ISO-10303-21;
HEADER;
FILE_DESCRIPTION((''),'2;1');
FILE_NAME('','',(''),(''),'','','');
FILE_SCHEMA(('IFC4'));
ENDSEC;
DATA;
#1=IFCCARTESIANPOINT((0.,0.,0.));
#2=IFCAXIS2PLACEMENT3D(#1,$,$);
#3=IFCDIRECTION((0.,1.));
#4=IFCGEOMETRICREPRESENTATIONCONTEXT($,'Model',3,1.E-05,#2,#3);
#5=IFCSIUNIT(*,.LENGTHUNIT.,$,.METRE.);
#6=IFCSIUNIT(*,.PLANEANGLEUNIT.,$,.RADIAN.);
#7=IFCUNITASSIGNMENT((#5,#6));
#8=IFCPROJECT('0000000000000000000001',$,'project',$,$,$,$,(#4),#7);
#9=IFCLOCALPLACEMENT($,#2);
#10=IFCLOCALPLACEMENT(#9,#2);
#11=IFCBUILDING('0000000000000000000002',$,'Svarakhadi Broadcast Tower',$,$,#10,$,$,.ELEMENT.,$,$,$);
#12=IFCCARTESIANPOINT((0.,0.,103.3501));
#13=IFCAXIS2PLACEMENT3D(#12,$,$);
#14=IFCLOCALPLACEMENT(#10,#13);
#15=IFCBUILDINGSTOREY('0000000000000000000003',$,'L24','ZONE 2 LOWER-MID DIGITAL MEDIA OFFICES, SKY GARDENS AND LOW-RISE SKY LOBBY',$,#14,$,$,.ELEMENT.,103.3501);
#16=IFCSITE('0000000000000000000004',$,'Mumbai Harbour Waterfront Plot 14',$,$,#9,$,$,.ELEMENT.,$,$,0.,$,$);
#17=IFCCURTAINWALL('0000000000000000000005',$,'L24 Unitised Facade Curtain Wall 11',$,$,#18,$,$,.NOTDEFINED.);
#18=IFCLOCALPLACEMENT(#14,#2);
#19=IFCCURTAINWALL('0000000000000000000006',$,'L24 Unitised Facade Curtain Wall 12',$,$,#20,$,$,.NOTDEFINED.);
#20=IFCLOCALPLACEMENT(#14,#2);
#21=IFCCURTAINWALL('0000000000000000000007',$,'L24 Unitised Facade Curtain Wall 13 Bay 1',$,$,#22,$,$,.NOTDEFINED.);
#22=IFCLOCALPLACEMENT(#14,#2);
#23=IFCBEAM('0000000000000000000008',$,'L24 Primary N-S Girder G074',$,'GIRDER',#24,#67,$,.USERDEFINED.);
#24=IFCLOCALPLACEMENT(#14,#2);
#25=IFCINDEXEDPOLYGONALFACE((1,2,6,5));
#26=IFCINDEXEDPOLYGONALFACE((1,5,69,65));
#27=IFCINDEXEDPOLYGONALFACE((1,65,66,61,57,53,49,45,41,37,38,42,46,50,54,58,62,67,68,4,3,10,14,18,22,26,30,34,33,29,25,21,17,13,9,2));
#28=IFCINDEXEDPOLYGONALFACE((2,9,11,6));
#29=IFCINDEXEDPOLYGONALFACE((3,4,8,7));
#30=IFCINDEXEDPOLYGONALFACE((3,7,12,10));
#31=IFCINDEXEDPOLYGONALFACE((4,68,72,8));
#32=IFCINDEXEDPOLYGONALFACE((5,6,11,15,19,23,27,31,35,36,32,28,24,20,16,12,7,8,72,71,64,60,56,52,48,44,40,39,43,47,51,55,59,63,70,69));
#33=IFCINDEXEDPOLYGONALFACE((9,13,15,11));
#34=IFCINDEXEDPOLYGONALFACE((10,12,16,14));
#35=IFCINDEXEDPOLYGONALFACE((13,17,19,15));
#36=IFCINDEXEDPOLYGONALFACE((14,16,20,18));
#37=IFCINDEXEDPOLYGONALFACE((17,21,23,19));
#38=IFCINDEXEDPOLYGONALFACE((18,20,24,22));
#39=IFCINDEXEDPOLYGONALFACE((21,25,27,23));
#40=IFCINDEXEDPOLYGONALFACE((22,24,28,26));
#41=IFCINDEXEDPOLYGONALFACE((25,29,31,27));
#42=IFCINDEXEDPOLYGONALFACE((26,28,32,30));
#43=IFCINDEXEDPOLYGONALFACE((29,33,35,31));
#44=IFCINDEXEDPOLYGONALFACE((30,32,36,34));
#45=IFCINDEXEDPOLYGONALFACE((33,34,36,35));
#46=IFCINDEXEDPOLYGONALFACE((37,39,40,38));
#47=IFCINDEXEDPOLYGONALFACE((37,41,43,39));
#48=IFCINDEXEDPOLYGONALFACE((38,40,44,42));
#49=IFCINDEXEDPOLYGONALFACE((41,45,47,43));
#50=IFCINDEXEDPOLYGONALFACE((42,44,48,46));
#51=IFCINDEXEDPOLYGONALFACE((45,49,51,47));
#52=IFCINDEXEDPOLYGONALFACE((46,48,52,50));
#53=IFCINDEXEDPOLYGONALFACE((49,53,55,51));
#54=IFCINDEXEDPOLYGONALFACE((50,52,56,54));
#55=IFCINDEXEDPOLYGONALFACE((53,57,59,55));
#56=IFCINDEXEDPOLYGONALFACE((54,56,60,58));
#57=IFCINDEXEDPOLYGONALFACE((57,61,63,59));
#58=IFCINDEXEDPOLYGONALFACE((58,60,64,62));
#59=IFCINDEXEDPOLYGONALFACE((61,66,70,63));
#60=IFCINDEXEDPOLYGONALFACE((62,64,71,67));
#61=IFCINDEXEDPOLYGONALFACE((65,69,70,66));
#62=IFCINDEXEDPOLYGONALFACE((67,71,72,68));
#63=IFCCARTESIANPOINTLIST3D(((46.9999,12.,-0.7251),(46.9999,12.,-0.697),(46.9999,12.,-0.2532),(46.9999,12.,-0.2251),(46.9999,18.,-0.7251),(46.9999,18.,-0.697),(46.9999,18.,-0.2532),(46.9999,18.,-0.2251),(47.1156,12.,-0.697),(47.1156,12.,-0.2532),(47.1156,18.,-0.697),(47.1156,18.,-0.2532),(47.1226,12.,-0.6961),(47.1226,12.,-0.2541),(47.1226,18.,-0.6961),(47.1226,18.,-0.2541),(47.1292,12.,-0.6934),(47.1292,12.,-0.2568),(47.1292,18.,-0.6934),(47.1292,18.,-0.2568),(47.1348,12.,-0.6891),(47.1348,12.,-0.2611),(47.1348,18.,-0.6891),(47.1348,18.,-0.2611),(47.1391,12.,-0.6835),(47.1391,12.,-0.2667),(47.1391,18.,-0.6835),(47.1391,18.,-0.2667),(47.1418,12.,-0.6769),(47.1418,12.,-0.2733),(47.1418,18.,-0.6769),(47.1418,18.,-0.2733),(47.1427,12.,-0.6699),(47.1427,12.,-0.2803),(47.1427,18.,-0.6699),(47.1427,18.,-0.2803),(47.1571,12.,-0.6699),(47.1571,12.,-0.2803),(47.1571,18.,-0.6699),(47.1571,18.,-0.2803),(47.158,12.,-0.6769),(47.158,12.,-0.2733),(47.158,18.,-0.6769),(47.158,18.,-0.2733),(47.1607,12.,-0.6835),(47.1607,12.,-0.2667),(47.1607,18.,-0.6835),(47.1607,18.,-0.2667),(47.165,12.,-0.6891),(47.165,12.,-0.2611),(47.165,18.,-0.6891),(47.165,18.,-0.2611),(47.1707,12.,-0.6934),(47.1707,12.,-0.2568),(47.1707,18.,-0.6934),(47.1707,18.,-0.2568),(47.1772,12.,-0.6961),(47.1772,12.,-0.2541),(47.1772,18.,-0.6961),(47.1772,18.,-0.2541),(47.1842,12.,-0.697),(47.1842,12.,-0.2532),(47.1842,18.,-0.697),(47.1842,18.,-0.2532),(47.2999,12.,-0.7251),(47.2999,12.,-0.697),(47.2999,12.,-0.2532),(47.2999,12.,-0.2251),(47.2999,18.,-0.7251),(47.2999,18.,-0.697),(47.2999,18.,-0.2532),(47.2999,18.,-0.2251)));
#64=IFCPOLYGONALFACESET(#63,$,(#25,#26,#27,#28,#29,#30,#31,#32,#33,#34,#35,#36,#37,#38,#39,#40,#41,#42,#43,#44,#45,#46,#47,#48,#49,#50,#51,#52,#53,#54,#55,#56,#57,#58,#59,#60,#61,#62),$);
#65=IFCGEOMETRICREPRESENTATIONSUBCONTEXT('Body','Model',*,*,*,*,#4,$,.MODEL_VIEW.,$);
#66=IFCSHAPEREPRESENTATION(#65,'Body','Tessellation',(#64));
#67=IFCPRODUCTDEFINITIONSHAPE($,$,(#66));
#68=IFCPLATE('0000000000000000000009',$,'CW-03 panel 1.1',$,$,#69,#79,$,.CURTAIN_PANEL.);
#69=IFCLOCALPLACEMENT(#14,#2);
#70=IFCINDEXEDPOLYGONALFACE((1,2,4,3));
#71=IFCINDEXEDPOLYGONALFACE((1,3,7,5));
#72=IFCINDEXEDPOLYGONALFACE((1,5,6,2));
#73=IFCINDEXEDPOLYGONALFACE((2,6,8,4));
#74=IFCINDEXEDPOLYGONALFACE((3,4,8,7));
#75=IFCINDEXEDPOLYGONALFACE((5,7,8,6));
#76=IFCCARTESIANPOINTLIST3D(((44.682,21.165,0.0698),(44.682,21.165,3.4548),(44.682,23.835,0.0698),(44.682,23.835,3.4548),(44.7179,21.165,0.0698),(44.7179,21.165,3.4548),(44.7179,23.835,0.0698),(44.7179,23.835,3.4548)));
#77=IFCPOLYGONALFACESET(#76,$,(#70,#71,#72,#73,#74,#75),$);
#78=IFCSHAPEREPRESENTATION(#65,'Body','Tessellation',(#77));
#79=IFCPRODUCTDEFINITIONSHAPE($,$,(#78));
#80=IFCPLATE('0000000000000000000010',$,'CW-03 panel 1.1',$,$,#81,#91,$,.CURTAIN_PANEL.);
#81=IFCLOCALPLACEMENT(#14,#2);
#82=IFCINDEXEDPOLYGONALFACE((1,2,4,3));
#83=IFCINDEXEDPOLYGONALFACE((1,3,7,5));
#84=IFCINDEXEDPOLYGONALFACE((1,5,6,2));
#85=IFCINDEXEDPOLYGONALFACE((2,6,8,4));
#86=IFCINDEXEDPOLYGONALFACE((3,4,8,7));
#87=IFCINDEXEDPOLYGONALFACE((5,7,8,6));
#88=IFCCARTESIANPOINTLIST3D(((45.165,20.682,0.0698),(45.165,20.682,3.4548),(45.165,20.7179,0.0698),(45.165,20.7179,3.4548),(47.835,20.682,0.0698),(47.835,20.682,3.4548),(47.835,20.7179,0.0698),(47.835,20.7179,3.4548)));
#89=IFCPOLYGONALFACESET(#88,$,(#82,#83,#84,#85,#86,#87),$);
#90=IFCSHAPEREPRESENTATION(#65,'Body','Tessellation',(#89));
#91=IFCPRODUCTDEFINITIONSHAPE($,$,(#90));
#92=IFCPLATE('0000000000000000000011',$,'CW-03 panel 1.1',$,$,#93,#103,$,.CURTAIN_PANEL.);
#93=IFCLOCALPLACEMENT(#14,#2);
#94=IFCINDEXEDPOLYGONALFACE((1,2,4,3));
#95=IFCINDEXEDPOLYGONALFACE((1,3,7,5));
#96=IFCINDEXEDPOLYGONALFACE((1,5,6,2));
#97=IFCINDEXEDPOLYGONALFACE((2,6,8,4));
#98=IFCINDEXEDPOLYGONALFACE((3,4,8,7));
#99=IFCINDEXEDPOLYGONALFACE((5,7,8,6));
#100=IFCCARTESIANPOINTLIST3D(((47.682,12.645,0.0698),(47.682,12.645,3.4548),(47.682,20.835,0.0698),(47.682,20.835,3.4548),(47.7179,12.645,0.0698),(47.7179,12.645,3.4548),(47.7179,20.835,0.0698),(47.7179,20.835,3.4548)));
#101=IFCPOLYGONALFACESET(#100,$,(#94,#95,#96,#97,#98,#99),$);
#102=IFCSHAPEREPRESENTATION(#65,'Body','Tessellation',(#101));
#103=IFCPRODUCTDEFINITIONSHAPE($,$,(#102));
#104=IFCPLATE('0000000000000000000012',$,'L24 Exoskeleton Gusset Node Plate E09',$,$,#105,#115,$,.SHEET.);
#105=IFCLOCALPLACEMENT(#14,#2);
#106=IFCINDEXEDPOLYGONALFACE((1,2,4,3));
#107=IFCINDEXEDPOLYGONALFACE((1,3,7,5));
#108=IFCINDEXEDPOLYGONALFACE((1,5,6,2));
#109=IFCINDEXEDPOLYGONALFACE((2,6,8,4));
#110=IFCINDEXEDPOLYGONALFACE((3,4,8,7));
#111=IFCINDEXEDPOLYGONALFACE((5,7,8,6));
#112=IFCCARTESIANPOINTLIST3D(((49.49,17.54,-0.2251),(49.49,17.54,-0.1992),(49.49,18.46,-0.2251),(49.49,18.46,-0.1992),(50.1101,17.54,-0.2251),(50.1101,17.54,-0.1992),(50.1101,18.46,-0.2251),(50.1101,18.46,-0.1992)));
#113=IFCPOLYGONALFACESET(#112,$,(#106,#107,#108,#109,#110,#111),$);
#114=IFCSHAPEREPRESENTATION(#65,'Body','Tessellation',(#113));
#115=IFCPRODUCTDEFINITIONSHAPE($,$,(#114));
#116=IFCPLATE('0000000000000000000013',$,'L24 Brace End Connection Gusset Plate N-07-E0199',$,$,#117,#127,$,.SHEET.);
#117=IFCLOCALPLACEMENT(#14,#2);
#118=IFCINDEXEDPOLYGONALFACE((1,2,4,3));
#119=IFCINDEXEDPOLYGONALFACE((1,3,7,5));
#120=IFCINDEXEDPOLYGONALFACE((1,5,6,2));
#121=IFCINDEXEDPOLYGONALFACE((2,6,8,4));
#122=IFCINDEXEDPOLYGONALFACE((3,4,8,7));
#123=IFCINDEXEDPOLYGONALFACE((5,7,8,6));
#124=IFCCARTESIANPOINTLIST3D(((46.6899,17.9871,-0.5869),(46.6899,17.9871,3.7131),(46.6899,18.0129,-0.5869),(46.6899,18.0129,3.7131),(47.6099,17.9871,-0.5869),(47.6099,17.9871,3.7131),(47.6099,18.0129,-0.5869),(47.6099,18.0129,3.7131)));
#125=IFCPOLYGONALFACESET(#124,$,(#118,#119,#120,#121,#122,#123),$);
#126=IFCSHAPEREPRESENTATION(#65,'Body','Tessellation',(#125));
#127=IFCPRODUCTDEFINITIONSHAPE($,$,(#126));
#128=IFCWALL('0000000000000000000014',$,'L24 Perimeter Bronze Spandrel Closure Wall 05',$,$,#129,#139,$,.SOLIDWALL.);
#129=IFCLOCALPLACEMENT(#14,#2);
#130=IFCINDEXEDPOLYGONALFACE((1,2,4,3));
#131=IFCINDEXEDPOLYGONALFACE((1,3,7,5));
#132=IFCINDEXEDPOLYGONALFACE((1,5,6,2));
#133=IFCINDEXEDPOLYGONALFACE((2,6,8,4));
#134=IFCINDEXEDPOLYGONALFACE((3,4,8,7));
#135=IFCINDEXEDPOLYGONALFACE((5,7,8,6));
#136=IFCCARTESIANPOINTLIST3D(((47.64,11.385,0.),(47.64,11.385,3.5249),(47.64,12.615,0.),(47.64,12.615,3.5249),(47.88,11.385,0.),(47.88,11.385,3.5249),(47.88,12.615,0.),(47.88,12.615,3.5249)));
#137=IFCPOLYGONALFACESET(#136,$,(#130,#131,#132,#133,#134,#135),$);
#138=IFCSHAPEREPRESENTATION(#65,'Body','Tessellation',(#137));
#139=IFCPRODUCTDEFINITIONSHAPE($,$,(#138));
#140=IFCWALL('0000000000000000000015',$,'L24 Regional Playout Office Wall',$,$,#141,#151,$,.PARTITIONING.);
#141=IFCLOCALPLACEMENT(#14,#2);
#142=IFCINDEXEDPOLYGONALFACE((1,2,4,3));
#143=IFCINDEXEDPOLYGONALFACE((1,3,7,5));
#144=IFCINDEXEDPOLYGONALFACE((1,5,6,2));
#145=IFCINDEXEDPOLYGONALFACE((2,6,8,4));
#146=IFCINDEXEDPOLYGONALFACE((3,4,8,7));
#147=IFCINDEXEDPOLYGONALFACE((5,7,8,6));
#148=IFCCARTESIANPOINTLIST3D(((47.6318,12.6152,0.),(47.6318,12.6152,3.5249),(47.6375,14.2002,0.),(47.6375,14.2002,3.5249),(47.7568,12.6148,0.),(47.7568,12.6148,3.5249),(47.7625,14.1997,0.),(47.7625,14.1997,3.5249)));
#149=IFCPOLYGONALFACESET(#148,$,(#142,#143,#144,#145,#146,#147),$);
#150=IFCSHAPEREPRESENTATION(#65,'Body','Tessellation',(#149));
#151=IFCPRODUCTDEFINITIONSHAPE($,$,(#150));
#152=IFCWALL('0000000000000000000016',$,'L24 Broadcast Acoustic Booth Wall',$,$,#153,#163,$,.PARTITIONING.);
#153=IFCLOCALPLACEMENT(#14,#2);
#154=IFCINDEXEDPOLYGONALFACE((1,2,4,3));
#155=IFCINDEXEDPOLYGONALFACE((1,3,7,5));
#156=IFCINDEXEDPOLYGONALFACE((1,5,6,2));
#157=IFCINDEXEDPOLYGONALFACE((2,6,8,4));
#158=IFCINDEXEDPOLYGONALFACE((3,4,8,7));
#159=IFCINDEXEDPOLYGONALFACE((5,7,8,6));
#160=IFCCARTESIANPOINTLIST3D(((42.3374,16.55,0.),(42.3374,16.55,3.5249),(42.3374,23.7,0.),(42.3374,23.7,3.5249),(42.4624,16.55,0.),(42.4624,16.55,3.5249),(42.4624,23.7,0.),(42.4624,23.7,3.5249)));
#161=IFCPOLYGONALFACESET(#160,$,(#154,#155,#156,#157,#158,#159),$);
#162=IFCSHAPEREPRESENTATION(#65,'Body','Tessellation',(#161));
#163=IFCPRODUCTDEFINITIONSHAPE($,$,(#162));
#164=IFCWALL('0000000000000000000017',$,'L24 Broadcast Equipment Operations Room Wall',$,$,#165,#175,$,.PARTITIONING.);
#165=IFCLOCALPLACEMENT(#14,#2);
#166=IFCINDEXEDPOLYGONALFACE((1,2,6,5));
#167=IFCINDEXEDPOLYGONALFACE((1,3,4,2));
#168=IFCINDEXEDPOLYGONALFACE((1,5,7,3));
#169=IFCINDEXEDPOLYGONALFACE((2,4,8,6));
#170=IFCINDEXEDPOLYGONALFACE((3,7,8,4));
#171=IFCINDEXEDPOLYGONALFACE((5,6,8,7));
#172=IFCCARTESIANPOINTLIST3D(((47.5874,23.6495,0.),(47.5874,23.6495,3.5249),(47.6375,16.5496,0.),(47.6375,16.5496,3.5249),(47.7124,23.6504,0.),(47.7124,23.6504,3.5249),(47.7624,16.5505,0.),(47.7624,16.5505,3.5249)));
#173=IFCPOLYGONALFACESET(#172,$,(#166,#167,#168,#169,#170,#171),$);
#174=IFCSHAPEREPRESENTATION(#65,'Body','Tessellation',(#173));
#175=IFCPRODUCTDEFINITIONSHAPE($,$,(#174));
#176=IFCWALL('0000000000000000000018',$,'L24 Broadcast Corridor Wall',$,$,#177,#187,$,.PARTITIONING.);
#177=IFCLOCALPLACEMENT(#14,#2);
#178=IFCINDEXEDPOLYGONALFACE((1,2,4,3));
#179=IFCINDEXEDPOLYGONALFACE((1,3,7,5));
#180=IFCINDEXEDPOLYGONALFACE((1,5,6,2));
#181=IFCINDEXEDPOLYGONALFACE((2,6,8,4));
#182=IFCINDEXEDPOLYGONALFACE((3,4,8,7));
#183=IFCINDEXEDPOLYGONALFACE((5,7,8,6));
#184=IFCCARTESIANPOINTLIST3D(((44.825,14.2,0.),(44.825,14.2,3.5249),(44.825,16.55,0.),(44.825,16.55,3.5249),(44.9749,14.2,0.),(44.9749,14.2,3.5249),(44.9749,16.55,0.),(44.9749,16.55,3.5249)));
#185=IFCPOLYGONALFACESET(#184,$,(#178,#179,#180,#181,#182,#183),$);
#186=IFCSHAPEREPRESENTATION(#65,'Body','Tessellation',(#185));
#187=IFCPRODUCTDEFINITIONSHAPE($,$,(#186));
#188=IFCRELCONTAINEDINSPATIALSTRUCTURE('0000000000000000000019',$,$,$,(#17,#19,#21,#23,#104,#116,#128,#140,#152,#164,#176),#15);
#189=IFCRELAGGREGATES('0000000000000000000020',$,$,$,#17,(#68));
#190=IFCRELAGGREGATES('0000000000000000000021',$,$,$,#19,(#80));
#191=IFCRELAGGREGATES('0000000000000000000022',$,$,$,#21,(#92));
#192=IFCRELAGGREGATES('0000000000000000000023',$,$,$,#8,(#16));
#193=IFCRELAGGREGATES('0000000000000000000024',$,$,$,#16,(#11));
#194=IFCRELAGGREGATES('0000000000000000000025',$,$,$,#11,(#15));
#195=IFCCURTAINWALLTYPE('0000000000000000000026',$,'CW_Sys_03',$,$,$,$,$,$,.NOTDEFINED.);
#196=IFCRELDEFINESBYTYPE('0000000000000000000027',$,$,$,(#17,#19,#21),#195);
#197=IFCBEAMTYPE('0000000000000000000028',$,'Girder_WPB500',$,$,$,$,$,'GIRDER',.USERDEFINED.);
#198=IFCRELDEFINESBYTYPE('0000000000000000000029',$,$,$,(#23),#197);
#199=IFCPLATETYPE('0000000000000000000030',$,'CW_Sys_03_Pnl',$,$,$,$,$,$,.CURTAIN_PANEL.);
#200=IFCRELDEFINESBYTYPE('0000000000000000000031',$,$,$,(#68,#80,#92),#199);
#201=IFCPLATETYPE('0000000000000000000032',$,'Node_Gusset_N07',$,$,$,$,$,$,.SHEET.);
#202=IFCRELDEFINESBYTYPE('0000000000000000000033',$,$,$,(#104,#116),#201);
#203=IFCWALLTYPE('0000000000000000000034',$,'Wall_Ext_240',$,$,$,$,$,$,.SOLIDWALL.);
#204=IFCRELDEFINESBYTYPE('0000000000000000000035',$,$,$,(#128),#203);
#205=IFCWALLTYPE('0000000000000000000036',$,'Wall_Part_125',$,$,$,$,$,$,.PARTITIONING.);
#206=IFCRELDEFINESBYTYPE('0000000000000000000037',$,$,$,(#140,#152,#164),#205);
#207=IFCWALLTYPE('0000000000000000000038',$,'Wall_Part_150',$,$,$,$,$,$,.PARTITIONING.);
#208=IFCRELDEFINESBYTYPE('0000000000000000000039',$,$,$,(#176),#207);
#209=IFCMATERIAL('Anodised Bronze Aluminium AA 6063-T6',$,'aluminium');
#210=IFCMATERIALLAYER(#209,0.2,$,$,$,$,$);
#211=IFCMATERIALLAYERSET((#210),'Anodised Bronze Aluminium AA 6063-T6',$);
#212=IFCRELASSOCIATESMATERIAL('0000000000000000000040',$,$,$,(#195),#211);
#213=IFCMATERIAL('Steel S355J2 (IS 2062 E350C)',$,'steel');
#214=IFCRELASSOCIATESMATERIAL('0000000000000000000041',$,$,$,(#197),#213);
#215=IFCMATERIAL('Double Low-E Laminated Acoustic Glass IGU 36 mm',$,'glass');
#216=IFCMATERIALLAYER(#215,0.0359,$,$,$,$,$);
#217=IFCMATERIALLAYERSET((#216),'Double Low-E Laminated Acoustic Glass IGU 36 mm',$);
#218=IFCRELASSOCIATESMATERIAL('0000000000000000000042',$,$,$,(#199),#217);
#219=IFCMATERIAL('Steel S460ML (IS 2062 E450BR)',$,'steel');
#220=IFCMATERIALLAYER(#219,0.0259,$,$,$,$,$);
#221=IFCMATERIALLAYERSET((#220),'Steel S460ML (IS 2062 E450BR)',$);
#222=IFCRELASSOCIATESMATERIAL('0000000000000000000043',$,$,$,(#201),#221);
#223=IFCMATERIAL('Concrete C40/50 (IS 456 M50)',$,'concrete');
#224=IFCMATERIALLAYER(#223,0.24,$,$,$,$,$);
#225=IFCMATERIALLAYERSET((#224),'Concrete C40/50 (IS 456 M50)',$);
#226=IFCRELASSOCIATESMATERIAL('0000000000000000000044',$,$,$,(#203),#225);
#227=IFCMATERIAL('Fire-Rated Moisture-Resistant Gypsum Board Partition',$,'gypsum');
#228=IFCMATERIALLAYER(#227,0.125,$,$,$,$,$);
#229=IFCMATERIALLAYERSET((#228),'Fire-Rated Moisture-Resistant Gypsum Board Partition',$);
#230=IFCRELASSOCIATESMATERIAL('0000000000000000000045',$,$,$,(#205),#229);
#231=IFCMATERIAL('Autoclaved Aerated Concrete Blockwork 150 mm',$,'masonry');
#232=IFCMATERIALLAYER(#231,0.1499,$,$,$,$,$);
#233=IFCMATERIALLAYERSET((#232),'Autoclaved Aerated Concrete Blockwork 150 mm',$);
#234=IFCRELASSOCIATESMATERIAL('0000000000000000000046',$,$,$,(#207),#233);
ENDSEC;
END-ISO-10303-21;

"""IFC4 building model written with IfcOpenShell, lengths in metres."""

from ifc_helpers import new_model, si_unit, direction, frame, frame_2d, origin, origin_2d, place, context, subcontext, project, spatial, rectangle, i_section, extrude, material, layer, layer_set, material_profile, profile_set, type_object, element, aggregate, save


model = new_model("IFC4")

# Units and contexts
model_context = context("Model", 3, precision=1e-05, world=origin(), true_north=direction((0.0, 1.0)))
body_context = subcontext(model_context, "Body", "Model", "MODEL_VIEW")
ifc_project = project(units=[si_unit("LENGTHUNIT", "METRE"), si_unit("PLANEANGLEUNIT", "RADIAN")], contexts=[model_context])

# Site, building, storey
site_placement = place(None, origin())
site = spatial("IfcSite", under=ifc_project, at=site_placement, Name="Mumbai Harbour Waterfront Plot 14", CompositionType="ELEMENT", RefElevation=0.0)
building_placement = place(site_placement, origin())
building = spatial("IfcBuilding", under=site, at=building_placement, Name="Svarakhadi Broadcast Tower", CompositionType="ELEMENT")
storey_placement = place(building_placement, frame((0.0, 0.0, 103.3501)))
storey = spatial("IfcBuildingStorey", under=building, at=storey_placement, Name="L24", Description="ZONE 2 LOWER-MID DIGITAL MEDIA OFFICES, SKY GARDENS AND LOW-RISE SKY LOBBY", CompositionType="ELEMENT", Elevation=103.3501)

# Shared definitions
ifc_material_1 = material(Name="Steel S460ML (IS 2062 E450BR)", Category="steel")

# Shared definitions
ifc_material_2 = material(Name="Steel S355J2 (IS 2062 E350C)", Category="steel")

# Shared definitions
ifc_material_3 = material(Name="Anodised Bronze Aluminium AA 6063-T6", Category="aluminium")
ifc_layer_1 = layer(ifc_material_3, 0.2)
ifc_layer_set_1 = layer_set([ifc_layer_1], Name="Anodised Bronze Aluminium AA 6063-T6")
curtain_wall_type = type_object("IfcCurtainWallType", Name="CW_Sys_03", PredefinedType="NOTDEFINED", material=ifc_layer_set_1)

# Curtain walls
curtain_wall_1_placement = place(storey_placement, origin())
curtain_wall_1 = element("IfcCurtainWall", 1, at=curtain_wall_1_placement, inside=storey, type_object=curtain_wall_type, Name="L24 Unitised Facade Curtain Wall 11", PredefinedType="NOTDEFINED")
curtain_wall_2_placement = place(storey_placement, origin())
curtain_wall_2 = element("IfcCurtainWall", 2, at=curtain_wall_2_placement, inside=storey, type_object=curtain_wall_type, Name="L24 Unitised Facade Curtain Wall 12", PredefinedType="NOTDEFINED")
curtain_wall_3_placement = place(storey_placement, origin())
curtain_wall_3 = element("IfcCurtainWall", 3, at=curtain_wall_3_placement, inside=storey, type_object=curtain_wall_type, Name="L24 Unitised Facade Curtain Wall 13 Bay 1", PredefinedType="NOTDEFINED")

# Beam
ifc_material_profile_1 = material_profile(ifc_material_2, i_section(OverallWidth=0.3, OverallDepth=0.5, WebThickness=0.0144, FlangeThickness=0.0281, FilletRadius=0.0271, at=origin_2d()), Name="WPB 500x300x187")
ifc_profile_set_1 = profile_set([ifc_material_profile_1], Name="Steel S355J2 (IS 2062 E350C)")
beam_type_1 = type_object("IfcBeamType", Name="Girder_WPB500", ElementType="GIRDER", PredefinedType="USERDEFINED", material=ifc_profile_set_1)
for number, where, z_axis, x_axis, name in (
    (4, (47.1499, 12.0, -0.4751), (0.0, 1.0, 0.0), (-1.0, 0.0, 0.0), "L24 Primary N-S Girder G074"),
):
    element("IfcBeam", number, at=place(storey_placement, frame(where, z_axis=z_axis, x_axis=x_axis)), inside=storey, type_object=beam_type_1, Name=name, ObjectType="GIRDER", PredefinedType="USERDEFINED", context=body_context, shape_type="SweptSolid", body=[
        extrude(i_section(OverallWidth=0.3, OverallDepth=0.5, WebThickness=0.0144, FlangeThickness=0.0281, FilletRadius=0.0271, at=origin_2d()), origin(), (0.0, 0.0, 1.0), 6.0),
    ])

# Plates
ifc_material_4 = material(Name="Double Low-E Laminated Acoustic Glass IGU 36 mm", Category="glass")
ifc_layer_2 = layer(ifc_material_4, 0.0359)
ifc_layer_set_2 = layer_set([ifc_layer_2], Name="Double Low-E Laminated Acoustic Glass IGU 36 mm")
plate_type_1 = type_object("IfcPlateType", Name="CW_Sys_03_Pnl", PredefinedType="CURTAIN_PANEL", material=ifc_layer_set_2)
plate_1_placement = place(storey_placement, frame((44.7, 22.5, 0.0698), z_axis=(0.0, 0.0, 1.0), x_axis=(0.0, -1.0, 0.0)))
plate_1 = element("IfcPlate", 5, at=plate_1_placement, type_object=plate_type_1, Name="CW-03 panel 1.1", PredefinedType="CURTAIN_PANEL", context=body_context, shape_type="SweptSolid", body=[
    extrude(rectangle(XDim=2.6699, YDim=0.0359, at=origin_2d()), origin(), (0.0, 0.0, 1.0), 3.385),
])
aggregate(curtain_wall_1, [plate_1])
plate_2_placement = place(storey_placement, frame((46.5, 20.7, 0.0698), z_axis=(0.0, 0.0, 1.0), x_axis=(1.0, 0.0, 0.0)))
plate_2 = element("IfcPlate", 6, at=plate_2_placement, type_object=plate_type_1, Name="CW-03 panel 1.1", PredefinedType="CURTAIN_PANEL", context=body_context, shape_type="SweptSolid", body=[
    extrude(rectangle(XDim=2.6699, YDim=0.0359, at=origin_2d()), origin(), (0.0, 0.0, 1.0), 3.385),
])
aggregate(curtain_wall_2, [plate_2])
plate_3_placement = place(storey_placement, frame((47.7, 16.74, 0.0698), z_axis=(0.0, 0.0, 1.0), x_axis=(0.0, -1.0, 0.0)))
plate_3 = element("IfcPlate", 7, at=plate_3_placement, type_object=plate_type_1, Name="CW-03 panel 1.1", PredefinedType="CURTAIN_PANEL", context=body_context, shape_type="SweptSolid", body=[
    extrude(rectangle(XDim=8.1899, YDim=0.0359, at=origin_2d()), origin(), (0.0, 0.0, 1.0), 3.385),
])
aggregate(curtain_wall_3, [plate_3])

# Plates
ifc_layer_3 = layer(ifc_material_1, 0.0259)
ifc_layer_set_3 = layer_set([ifc_layer_3], Name="Steel S460ML (IS 2062 E450BR)")
plate_type_2 = type_object("IfcPlateType", Name="Node_Gusset_N07", PredefinedType="SHEET", material=ifc_layer_set_3)
plate_4_placement = place(storey_placement, frame((49.8, 18.0, -0.2251), z_axis=(0.0, 0.0, 1.0), x_axis=(0.0, 1.0, 0.0)))
element("IfcPlate", 8, at=plate_4_placement, inside=storey, type_object=plate_type_2, Name="L24 Exoskeleton Gusset Node Plate E09", PredefinedType="SHEET", context=body_context, shape_type="SweptSolid", body=[
    extrude(rectangle(XDim=0.9199, YDim=0.6201, at=origin_2d()), origin(), (0.0, 0.0, 1.0), 0.0259),
])
plate_5_placement = place(storey_placement, frame((47.1499, 18.0, -0.5869), z_axis=(0.0, 0.0, 1.0), x_axis=(1.0, 0.0, 0.0)))
element("IfcPlate", 9, at=plate_5_placement, inside=storey, type_object=plate_type_2, Name="L24 Brace End Connection Gusset Plate N-07-E0199", PredefinedType="SHEET", context=body_context, shape_type="SweptSolid", body=[
    extrude(rectangle(XDim=0.9199, YDim=0.0259, at=origin_2d()), origin(), (0.0, 0.0, 1.0), 4.3),
])

# Walls
ifc_material_5 = material(Name="Concrete C40/50 (IS 456 M50)", Category="concrete")
ifc_layer_4 = layer(ifc_material_5, 0.24)
ifc_layer_set_4 = layer_set([ifc_layer_4], Name="Concrete C40/50 (IS 456 M50)")
wall_type_1 = type_object("IfcWallType", Name="Wall_Ext_240", PredefinedType="SOLIDWALL", material=ifc_layer_set_4)
wall_1_placement = place(storey_placement, frame((47.76, 12.615, 0.0), z_axis=(0.0, 0.0, 1.0), x_axis=(0.0, -1.0, 0.0)))
element("IfcWall", 10, at=wall_1_placement, inside=storey, type_object=wall_type_1, Name="L24 Perimeter Bronze Spandrel Closure Wall 05", PredefinedType="SOLIDWALL", context=body_context, shape_type="SweptSolid", body=[
    extrude(rectangle(XDim=1.23, YDim=0.24, at=frame_2d((0.615, 0.0))), origin(), (0.0, 0.0, 1.0), 3.5249),
])
ifc_material_6 = material(Name="Fire-Rated Moisture-Resistant Gypsum Board Partition", Category="gypsum")
ifc_layer_5 = layer(ifc_material_6, 0.125)
ifc_layer_set_5 = layer_set([ifc_layer_5], Name="Fire-Rated Moisture-Resistant Gypsum Board Partition")
wall_type_2 = type_object("IfcWallType", Name="Wall_Part_125", PredefinedType="PARTITIONING", material=ifc_layer_set_5)
wall_2_placement = place(storey_placement, frame((47.6943, 12.615, 0.0), z_axis=(0.0, 0.0, 1.0), x_axis=(0.003543, 0.999994, 0.0)))
element("IfcWall", 11, at=wall_2_placement, inside=storey, type_object=wall_type_2, Name="L24 Regional Playout Office Wall", PredefinedType="PARTITIONING", context=body_context, shape_type="SweptSolid", body=[
    extrude(rectangle(XDim=1.585, YDim=0.125, at=frame_2d((0.7925, 0.0))), origin(), (0.0, 0.0, 1.0), 3.5249),
])
wall_3_placement = place(storey_placement, frame((42.3999, 16.55, 0.0), z_axis=(0.0, 0.0, 1.0), x_axis=(0.0, 1.0, 0.0)))
element("IfcWall", 12, at=wall_3_placement, inside=storey, type_object=wall_type_2, Name="L24 Broadcast Acoustic Booth Wall", PredefinedType="PARTITIONING", context=body_context, shape_type="SweptSolid", body=[
    extrude(rectangle(XDim=7.1499, YDim=0.125, at=frame_2d((3.575, 0.0))), origin(), (0.0, 0.0, 1.0), 3.5249),
])
wall_4_placement = place(storey_placement, frame((47.7, 16.55, 0.0), z_axis=(0.0, 0.0, 1.0), x_axis=(-0.007049, 0.999975, 0.0)))
element("IfcWall", 13, at=wall_4_placement, inside=storey, type_object=wall_type_2, Name="L24 Broadcast Equipment Operations Room Wall", PredefinedType="PARTITIONING", context=body_context, shape_type="SweptSolid", body=[
    extrude(rectangle(XDim=7.1001, YDim=0.125, at=frame_2d((3.55, 0.0))), origin(), (0.0, 0.0, 1.0), 3.5249),
])
ifc_material_7 = material(Name="Autoclaved Aerated Concrete Blockwork 150 mm", Category="masonry")
ifc_layer_6 = layer(ifc_material_7, 0.1499)
ifc_layer_set_6 = layer_set([ifc_layer_6], Name="Autoclaved Aerated Concrete Blockwork 150 mm")
wall_type_3 = type_object("IfcWallType", Name="Wall_Part_150", PredefinedType="PARTITIONING", material=ifc_layer_set_6)
wall_5_placement = place(storey_placement, frame((44.8999, 16.55, 0.0), z_axis=(0.0, 0.0, 1.0), x_axis=(0.0, -1.0, 0.0)))
element("IfcWall", 14, at=wall_5_placement, inside=storey, type_object=wall_type_3, Name="L24 Broadcast Corridor Wall", PredefinedType="PARTITIONING", context=body_context, shape_type="SweptSolid", body=[
    extrude(rectangle(XDim=2.3501, YDim=0.1499, at=frame_2d((1.175, 0.0))), origin(), (0.0, 0.0, 1.0), 3.5249),
])

save(model, "model.ifc")
